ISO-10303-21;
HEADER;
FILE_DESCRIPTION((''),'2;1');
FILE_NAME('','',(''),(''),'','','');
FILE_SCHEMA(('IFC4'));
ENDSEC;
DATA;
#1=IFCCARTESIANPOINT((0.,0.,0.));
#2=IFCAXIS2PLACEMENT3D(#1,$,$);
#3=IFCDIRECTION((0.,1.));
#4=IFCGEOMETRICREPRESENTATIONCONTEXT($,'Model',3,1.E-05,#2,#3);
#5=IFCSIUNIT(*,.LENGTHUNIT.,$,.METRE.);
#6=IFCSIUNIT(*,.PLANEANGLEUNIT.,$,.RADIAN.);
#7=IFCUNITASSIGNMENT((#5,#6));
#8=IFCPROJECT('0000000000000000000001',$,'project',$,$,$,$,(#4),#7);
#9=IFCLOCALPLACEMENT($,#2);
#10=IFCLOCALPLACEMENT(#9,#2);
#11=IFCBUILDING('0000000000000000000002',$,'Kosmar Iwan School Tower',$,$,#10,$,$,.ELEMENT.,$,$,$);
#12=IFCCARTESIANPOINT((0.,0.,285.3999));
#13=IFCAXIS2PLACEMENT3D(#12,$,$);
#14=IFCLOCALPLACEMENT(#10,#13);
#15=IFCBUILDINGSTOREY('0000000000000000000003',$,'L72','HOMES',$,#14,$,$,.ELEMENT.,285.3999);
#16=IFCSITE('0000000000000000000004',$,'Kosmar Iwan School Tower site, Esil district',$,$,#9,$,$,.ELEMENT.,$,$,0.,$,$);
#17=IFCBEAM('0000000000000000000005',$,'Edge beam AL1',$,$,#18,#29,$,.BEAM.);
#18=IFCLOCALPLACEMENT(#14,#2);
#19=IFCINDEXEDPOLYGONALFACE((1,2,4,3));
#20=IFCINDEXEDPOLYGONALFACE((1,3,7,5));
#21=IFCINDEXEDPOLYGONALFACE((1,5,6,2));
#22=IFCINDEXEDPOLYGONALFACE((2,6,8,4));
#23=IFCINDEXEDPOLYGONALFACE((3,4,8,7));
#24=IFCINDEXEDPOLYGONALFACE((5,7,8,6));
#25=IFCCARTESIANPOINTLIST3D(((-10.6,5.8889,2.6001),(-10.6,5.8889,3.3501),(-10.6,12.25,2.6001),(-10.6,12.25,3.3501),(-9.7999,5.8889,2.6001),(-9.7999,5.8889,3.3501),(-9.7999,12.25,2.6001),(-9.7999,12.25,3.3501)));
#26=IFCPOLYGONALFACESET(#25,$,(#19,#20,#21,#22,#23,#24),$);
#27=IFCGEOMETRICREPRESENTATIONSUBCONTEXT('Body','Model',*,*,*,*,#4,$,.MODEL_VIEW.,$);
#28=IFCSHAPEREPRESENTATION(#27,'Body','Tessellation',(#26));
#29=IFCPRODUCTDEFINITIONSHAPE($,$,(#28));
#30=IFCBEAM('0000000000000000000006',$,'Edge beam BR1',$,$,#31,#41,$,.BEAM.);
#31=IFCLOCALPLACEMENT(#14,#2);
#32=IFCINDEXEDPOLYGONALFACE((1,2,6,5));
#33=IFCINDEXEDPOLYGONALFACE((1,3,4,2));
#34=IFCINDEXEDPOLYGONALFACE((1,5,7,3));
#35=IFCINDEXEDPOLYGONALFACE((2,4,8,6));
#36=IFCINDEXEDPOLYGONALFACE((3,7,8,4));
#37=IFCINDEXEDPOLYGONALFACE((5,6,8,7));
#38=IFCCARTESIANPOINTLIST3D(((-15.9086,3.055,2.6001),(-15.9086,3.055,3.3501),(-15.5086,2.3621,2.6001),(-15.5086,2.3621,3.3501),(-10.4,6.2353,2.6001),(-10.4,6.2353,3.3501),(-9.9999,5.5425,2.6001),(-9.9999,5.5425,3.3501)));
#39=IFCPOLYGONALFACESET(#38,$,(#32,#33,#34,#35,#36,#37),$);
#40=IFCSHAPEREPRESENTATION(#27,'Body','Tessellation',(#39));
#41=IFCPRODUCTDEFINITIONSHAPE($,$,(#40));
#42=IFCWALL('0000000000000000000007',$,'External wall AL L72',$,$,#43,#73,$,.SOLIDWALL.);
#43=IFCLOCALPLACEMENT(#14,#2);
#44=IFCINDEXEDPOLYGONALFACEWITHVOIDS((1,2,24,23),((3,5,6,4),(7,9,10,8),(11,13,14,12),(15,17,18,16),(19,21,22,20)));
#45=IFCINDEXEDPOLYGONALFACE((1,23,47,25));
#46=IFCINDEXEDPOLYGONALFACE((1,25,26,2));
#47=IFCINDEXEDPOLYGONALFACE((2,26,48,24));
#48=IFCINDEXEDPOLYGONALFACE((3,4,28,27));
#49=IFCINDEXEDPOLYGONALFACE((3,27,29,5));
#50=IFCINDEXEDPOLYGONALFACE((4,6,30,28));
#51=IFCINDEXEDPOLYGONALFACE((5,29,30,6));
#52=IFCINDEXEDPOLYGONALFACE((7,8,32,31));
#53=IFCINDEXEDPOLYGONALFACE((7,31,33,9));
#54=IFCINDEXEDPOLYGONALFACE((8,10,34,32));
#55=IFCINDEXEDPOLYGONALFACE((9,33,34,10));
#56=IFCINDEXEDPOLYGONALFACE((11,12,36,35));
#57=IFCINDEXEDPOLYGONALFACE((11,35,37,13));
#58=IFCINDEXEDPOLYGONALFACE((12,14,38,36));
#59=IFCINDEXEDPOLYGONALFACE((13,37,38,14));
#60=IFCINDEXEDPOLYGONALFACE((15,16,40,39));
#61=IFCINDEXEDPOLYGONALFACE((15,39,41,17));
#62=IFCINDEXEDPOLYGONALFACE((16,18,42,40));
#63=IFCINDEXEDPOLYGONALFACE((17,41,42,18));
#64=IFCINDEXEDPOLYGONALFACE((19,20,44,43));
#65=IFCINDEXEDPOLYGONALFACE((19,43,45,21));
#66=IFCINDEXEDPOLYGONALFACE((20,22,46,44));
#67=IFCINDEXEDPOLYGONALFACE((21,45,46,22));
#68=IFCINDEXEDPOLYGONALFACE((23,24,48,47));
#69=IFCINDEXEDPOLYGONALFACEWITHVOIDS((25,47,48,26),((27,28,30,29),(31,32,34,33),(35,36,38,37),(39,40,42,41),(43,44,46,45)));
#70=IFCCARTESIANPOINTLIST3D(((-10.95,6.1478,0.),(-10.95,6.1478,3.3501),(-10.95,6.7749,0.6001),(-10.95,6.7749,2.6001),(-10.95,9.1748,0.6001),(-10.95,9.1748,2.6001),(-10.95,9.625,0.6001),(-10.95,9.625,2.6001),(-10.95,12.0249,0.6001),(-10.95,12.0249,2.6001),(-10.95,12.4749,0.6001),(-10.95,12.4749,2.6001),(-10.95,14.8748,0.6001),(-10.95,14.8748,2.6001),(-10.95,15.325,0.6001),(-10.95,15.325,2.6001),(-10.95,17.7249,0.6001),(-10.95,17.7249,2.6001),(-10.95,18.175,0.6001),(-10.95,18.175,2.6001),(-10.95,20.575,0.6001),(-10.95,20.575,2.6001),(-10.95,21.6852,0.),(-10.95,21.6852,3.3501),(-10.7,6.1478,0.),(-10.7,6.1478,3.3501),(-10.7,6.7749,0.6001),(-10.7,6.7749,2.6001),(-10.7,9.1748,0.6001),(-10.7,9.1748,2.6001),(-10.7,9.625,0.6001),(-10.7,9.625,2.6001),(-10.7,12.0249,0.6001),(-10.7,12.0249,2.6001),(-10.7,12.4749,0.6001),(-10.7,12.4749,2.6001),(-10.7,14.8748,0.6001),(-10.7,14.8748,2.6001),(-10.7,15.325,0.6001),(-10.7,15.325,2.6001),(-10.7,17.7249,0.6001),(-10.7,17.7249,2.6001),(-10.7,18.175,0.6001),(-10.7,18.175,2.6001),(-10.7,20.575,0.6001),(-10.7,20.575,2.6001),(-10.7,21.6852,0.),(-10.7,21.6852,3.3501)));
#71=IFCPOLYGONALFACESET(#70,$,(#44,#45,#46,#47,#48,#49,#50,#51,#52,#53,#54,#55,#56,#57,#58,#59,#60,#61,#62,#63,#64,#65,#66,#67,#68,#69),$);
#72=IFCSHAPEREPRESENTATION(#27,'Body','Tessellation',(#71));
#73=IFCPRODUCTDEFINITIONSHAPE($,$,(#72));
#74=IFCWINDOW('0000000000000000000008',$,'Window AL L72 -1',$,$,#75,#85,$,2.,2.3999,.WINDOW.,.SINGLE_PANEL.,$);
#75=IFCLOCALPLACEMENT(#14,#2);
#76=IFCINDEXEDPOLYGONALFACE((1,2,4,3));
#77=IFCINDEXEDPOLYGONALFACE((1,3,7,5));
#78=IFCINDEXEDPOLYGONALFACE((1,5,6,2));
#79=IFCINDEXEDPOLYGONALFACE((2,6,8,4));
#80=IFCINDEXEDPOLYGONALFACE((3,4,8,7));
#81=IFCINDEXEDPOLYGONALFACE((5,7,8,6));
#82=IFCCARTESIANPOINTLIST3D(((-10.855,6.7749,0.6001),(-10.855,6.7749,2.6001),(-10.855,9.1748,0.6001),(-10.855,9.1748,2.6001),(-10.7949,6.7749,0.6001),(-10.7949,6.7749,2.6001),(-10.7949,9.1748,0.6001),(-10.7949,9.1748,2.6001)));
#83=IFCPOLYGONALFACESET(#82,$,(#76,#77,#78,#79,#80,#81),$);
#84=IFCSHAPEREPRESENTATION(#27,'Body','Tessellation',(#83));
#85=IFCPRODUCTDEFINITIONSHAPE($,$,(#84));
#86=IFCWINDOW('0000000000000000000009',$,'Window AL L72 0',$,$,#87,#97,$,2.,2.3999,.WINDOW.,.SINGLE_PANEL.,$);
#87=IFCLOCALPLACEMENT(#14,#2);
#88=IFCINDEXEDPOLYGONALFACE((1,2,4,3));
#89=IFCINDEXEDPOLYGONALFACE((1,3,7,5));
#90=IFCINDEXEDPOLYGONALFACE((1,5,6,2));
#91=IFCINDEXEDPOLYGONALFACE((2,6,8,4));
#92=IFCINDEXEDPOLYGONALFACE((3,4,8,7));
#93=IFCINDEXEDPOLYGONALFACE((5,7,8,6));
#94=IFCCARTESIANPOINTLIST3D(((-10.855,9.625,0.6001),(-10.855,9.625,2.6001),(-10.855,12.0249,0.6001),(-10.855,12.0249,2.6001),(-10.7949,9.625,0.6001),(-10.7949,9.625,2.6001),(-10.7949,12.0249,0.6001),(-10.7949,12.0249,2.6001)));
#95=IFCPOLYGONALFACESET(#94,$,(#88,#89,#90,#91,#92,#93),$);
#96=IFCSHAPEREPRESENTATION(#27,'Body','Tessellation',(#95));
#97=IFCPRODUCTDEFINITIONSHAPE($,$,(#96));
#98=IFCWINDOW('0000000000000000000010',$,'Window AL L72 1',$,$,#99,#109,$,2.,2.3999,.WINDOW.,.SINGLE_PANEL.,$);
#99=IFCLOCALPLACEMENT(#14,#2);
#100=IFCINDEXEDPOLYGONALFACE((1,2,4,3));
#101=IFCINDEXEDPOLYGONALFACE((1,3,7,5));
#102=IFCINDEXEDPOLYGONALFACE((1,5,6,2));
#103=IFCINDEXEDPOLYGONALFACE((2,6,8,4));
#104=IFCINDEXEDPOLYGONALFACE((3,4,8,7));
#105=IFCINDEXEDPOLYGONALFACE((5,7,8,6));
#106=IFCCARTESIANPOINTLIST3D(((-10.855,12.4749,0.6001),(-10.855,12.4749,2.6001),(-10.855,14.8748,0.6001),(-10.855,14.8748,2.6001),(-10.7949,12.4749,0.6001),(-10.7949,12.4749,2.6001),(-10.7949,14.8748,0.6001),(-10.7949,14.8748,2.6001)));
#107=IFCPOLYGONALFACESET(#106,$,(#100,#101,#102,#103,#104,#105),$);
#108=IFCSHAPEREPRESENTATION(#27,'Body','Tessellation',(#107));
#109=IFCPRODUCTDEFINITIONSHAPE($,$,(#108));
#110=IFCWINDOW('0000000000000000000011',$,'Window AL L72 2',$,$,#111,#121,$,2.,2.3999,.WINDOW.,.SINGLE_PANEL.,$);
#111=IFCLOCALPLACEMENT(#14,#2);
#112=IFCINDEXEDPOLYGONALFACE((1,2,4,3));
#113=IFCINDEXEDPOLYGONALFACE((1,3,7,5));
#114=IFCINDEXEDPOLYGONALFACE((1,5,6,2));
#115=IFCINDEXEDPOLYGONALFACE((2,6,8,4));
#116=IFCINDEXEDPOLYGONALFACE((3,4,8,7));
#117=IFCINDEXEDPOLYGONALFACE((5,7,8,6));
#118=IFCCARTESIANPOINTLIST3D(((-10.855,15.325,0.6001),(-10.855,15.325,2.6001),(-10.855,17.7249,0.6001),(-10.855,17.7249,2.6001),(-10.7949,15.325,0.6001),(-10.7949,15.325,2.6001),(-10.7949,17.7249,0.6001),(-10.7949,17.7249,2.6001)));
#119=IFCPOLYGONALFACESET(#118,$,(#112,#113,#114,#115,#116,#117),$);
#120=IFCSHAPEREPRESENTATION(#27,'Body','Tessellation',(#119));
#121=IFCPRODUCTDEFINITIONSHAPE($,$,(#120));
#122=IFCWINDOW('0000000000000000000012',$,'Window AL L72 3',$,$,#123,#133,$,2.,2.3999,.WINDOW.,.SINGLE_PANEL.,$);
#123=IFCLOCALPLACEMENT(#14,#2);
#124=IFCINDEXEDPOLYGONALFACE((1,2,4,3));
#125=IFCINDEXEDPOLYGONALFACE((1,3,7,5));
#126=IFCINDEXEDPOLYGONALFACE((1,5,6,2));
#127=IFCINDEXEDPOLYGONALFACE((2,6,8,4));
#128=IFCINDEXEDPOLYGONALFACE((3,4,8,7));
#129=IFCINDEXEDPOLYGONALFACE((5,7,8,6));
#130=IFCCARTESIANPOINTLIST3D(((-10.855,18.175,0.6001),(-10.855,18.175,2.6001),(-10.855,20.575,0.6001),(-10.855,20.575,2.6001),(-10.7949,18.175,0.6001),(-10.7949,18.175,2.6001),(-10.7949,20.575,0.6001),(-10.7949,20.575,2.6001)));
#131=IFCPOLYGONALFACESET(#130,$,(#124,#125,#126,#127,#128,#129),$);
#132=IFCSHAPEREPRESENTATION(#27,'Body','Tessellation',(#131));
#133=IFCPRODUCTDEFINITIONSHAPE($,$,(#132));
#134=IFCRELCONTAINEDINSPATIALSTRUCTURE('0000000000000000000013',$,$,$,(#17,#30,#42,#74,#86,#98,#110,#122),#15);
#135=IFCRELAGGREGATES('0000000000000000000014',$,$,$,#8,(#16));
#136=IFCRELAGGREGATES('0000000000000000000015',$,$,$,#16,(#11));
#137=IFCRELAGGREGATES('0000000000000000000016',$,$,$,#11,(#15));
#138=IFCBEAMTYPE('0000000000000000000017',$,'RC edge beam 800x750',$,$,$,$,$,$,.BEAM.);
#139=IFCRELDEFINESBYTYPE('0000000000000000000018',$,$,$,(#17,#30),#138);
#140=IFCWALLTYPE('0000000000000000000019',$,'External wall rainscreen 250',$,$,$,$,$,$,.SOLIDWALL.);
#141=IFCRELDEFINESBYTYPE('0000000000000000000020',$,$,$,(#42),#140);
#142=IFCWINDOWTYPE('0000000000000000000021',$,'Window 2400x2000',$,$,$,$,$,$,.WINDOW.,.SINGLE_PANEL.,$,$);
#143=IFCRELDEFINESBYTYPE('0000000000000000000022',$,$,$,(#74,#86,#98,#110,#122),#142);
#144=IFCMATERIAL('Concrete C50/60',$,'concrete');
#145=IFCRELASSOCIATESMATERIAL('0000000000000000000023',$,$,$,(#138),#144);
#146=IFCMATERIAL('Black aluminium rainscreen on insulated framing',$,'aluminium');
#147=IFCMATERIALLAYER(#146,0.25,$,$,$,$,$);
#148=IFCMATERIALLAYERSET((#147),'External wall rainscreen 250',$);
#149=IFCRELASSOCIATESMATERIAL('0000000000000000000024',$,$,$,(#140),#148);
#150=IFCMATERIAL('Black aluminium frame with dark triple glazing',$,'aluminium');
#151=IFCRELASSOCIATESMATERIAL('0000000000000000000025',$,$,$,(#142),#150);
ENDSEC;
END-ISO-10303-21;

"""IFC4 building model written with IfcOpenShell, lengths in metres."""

from ifc_helpers import new_model, si_unit, direction, frame, frame_2d, origin, origin_2d, place, context, subcontext, project, spatial, rectangle, extrude, material, layer, layer_set, material_profile, profile_set, type_object, element, fill, save


model = new_model("IFC4")

# Units and contexts
model_context = context("Model", 3, precision=1e-05, world=origin(), true_north=direction((0.0, 1.0)))
body_context = subcontext(model_context, "Body", "Model", "MODEL_VIEW")
ifc_project = project(units=[si_unit("LENGTHUNIT", "METRE"), si_unit("PLANEANGLEUNIT", "RADIAN")], contexts=[model_context])

# Site, building, storey
site_placement = place(None, origin())
site = spatial("IfcSite", under=ifc_project, at=site_placement, Name="Kosmar Iwan School Tower site, Esil district", CompositionType="ELEMENT", RefElevation=0.0)
building_placement = place(site_placement, origin())
building = spatial("IfcBuilding", under=site, at=building_placement, Name="Kosmar Iwan School Tower", CompositionType="ELEMENT")
storey_placement = place(building_placement, frame((0.0, 0.0, 285.3999)))
storey = spatial("IfcBuildingStorey", under=building, at=storey_placement, Name="L72", Description="HOMES", CompositionType="ELEMENT", Elevation=285.3999)

# Beams
ifc_material_1 = material(Name="Concrete C50/60", Category="concrete")
ifc_material_profile = material_profile(ifc_material_1, rectangle(XDim=0.8, YDim=0.75, at=origin_2d()), Name="RC 800x750")
ifc_profile_set = profile_set([ifc_material_profile], Name="Concrete C50/60")
beam_type = type_object("IfcBeamType", Name="RC edge beam 800x750", PredefinedType="BEAM", material=ifc_profile_set)
beam_1_placement = place(storey_placement, frame((-10.2, 5.8889, 2.9751), z_axis=(0.0, 1.0, 0.0), x_axis=(-1.0, 0.0, 0.0)))
element("IfcBeam", 1, at=beam_1_placement, inside=storey, type_object=beam_type, Name="Edge beam AL1", PredefinedType="BEAM", context=body_context, shape_type="SweptSolid", body=[
    extrude(rectangle(XDim=0.8, YDim=0.75, at=origin_2d()), origin(), (0.0, 0.0, 1.0), 6.3611),
])
beam_2_placement = place(storey_placement, frame((-10.2, 5.8889, 2.9751), z_axis=(-0.866031, -0.49999, 0.0), x_axis=(0.49999, -0.866031, 0.0)))
element("IfcBeam", 2, at=beam_2_placement, inside=storey, type_object=beam_type, Name="Edge beam BR1", PredefinedType="BEAM", context=body_context, shape_type="SweptSolid", body=[
    extrude(rectangle(XDim=0.8, YDim=0.75, at=origin_2d()), origin(), (0.0, 0.0, 1.0), 6.3608),
])

# Wall, openings, windows
ifc_material_2 = material(Name="Black aluminium rainscreen on insulated framing", Category="aluminium")
ifc_layer = layer(ifc_material_2, 0.25)
ifc_layer_set = layer_set([ifc_layer], Name="External wall rainscreen 250")
wall_type = type_object("IfcWallType", Name="External wall rainscreen 250", PredefinedType="SOLIDWALL", material=ifc_layer_set)
wall_1_placement = place(storey_placement, frame((-10.825, 6.1479, 0.0), z_axis=(0.0, 0.0, 1.0), x_axis=(0.0, 1.0, 0.0)))
wall_1 = element("IfcWall", 3, at=wall_1_placement, inside=storey, type_object=wall_type, Name="External wall AL L72", PredefinedType="SOLIDWALL", context=body_context, shape_type="SweptSolid", body=[
    extrude(rectangle(XDim=15.5374, YDim=0.25, at=frame_2d((7.7686, 0.0))), origin(), (0.0, 0.0, 1.0), 3.3501),
])
opening_1_placement = place(wall_1_placement, frame((0.627, 0.0, 0.6001)))
opening_1 = element("IfcOpeningElement", 4, at=opening_1_placement, cuts=wall_1, PredefinedType="OPENING", context=body_context, shape_type="SweptSolid", body=[
    extrude(rectangle(XDim=2.3999, YDim=2.0, at=frame_2d((1.2, 1.0))), frame((0.0, 0.137, 0.0), z_axis=(0.0, -1.0, 0.0), x_axis=(1.0, 0.0, 0.0)), (0.0, 0.0, 1.0), 0.2739),
])
opening_2_placement = place(wall_1_placement, frame((3.4771, 0.0, 0.6001)))
opening_2 = element("IfcOpeningElement", 5, at=opening_2_placement, cuts=wall_1, PredefinedType="OPENING", context=body_context, shape_type="SweptSolid", body=[
    extrude(rectangle(XDim=2.3999, YDim=2.0, at=frame_2d((1.2, 1.0))), frame((0.0, 0.137, 0.0), z_axis=(0.0, -1.0, 0.0), x_axis=(1.0, 0.0, 0.0)), (0.0, 0.0, 1.0), 0.2739),
])
opening_3_placement = place(wall_1_placement, frame((6.3269, 0.0, 0.6001)))
opening_3 = element("IfcOpeningElement", 6, at=opening_3_placement, cuts=wall_1, PredefinedType="OPENING", context=body_context, shape_type="SweptSolid", body=[
    extrude(rectangle(XDim=2.3999, YDim=2.0, at=frame_2d((1.2, 1.0))), frame((0.0, 0.137, 0.0), z_axis=(0.0, -1.0, 0.0), x_axis=(1.0, 0.0, 0.0)), (0.0, 0.0, 1.0), 0.2739),
])
opening_4_placement = place(wall_1_placement, frame((9.177, 0.0, 0.6001)))
opening_4 = element("IfcOpeningElement", 7, at=opening_4_placement, cuts=wall_1, PredefinedType="OPENING", context=body_context, shape_type="SweptSolid", body=[
    extrude(rectangle(XDim=2.3999, YDim=2.0, at=frame_2d((1.2, 1.0))), frame((0.0, 0.137, 0.0), z_axis=(0.0, -1.0, 0.0), x_axis=(1.0, 0.0, 0.0)), (0.0, 0.0, 1.0), 0.2739),
])
opening_5_placement = place(wall_1_placement, frame((12.0271, 0.0, 0.6001)))
opening_5 = element("IfcOpeningElement", 8, at=opening_5_placement, cuts=wall_1, PredefinedType="OPENING", context=body_context, shape_type="SweptSolid", body=[
    extrude(rectangle(XDim=2.3999, YDim=2.0, at=frame_2d((1.2, 1.0))), frame((0.0, 0.137, 0.0), z_axis=(0.0, -1.0, 0.0), x_axis=(1.0, 0.0, 0.0)), (0.0, 0.0, 1.0), 0.2739),
])
ifc_material_3 = material(Name="Black aluminium frame with dark triple glazing", Category="aluminium")
window_type = type_object("IfcWindowType", Name="Window 2400x2000", PartitioningType="SINGLE_PANEL", PredefinedType="WINDOW", material=ifc_material_3)
window_1_placement = place(opening_1_placement, origin())
window_1 = element("IfcWindow", 9, at=window_1_placement, inside=storey, type_object=window_type, Name="Window AL L72 -1", OverallHeight=2.0, OverallWidth=2.3999, PartitioningType="SINGLE_PANEL", PredefinedType="WINDOW", context=body_context, shape_type="SweptSolid", body=[
    extrude(rectangle(XDim=2.3999, YDim=2.0, at=frame_2d((1.2, 1.0))), frame((0.0, 0.03, 0.0), z_axis=(0.0, -1.0, 0.0), x_axis=(1.0, 0.0, 0.0)), (0.0, 0.0, 1.0), 0.0601),
])
fill(opening_1, window_1)
window_2_placement = place(opening_2_placement, origin())
window_2 = element("IfcWindow", 10, at=window_2_placement, inside=storey, type_object=window_type, Name="Window AL L72 0", OverallHeight=2.0, OverallWidth=2.3999, PartitioningType="SINGLE_PANEL", PredefinedType="WINDOW", context=body_context, shape_type="SweptSolid", body=[
    extrude(rectangle(XDim=2.3999, YDim=2.0, at=frame_2d((1.2, 1.0))), frame((0.0, 0.03, 0.0), z_axis=(0.0, -1.0, 0.0), x_axis=(1.0, 0.0, 0.0)), (0.0, 0.0, 1.0), 0.0601),
])
fill(opening_2, window_2)
window_3_placement = place(opening_3_placement, origin())
window_3 = element("IfcWindow", 11, at=window_3_placement, inside=storey, type_object=window_type, Name="Window AL L72 1", OverallHeight=2.0, OverallWidth=2.3999, PartitioningType="SINGLE_PANEL", PredefinedType="WINDOW", context=body_context, shape_type="SweptSolid", body=[
    extrude(rectangle(XDim=2.3999, YDim=2.0, at=frame_2d((1.2, 1.0))), frame((0.0, 0.03, 0.0), z_axis=(0.0, -1.0, 0.0), x_axis=(1.0, 0.0, 0.0)), (0.0, 0.0, 1.0), 0.0601),
])
fill(opening_3, window_3)
window_4_placement = place(opening_4_placement, origin())
window_4 = element("IfcWindow", 12, at=window_4_placement, inside=storey, type_object=window_type, Name="Window AL L72 2", OverallHeight=2.0, OverallWidth=2.3999, PartitioningType="SINGLE_PANEL", PredefinedType="WINDOW", context=body_context, shape_type="SweptSolid", body=[
    extrude(rectangle(XDim=2.3999, YDim=2.0, at=frame_2d((1.2, 1.0))), frame((0.0, 0.03, 0.0), z_axis=(0.0, -1.0, 0.0), x_axis=(1.0, 0.0, 0.0)), (0.0, 0.0, 1.0), 0.0601),
])
fill(opening_4, window_4)
window_5_placement = place(opening_5_placement, origin())
window_5 = element("IfcWindow", 13, at=window_5_placement, inside=storey, type_object=window_type, Name="Window AL L72 3", OverallHeight=2.0, OverallWidth=2.3999, PartitioningType="SINGLE_PANEL", PredefinedType="WINDOW", context=body_context, shape_type="SweptSolid", body=[
    extrude(rectangle(XDim=2.3999, YDim=2.0, at=frame_2d((1.2, 1.0))), frame((0.0, 0.03, 0.0), z_axis=(0.0, -1.0, 0.0), x_axis=(1.0, 0.0, 0.0)), (0.0, 0.0, 1.0), 0.0601),
])
fill(opening_5, window_5)

save(model, "model.ifc")
